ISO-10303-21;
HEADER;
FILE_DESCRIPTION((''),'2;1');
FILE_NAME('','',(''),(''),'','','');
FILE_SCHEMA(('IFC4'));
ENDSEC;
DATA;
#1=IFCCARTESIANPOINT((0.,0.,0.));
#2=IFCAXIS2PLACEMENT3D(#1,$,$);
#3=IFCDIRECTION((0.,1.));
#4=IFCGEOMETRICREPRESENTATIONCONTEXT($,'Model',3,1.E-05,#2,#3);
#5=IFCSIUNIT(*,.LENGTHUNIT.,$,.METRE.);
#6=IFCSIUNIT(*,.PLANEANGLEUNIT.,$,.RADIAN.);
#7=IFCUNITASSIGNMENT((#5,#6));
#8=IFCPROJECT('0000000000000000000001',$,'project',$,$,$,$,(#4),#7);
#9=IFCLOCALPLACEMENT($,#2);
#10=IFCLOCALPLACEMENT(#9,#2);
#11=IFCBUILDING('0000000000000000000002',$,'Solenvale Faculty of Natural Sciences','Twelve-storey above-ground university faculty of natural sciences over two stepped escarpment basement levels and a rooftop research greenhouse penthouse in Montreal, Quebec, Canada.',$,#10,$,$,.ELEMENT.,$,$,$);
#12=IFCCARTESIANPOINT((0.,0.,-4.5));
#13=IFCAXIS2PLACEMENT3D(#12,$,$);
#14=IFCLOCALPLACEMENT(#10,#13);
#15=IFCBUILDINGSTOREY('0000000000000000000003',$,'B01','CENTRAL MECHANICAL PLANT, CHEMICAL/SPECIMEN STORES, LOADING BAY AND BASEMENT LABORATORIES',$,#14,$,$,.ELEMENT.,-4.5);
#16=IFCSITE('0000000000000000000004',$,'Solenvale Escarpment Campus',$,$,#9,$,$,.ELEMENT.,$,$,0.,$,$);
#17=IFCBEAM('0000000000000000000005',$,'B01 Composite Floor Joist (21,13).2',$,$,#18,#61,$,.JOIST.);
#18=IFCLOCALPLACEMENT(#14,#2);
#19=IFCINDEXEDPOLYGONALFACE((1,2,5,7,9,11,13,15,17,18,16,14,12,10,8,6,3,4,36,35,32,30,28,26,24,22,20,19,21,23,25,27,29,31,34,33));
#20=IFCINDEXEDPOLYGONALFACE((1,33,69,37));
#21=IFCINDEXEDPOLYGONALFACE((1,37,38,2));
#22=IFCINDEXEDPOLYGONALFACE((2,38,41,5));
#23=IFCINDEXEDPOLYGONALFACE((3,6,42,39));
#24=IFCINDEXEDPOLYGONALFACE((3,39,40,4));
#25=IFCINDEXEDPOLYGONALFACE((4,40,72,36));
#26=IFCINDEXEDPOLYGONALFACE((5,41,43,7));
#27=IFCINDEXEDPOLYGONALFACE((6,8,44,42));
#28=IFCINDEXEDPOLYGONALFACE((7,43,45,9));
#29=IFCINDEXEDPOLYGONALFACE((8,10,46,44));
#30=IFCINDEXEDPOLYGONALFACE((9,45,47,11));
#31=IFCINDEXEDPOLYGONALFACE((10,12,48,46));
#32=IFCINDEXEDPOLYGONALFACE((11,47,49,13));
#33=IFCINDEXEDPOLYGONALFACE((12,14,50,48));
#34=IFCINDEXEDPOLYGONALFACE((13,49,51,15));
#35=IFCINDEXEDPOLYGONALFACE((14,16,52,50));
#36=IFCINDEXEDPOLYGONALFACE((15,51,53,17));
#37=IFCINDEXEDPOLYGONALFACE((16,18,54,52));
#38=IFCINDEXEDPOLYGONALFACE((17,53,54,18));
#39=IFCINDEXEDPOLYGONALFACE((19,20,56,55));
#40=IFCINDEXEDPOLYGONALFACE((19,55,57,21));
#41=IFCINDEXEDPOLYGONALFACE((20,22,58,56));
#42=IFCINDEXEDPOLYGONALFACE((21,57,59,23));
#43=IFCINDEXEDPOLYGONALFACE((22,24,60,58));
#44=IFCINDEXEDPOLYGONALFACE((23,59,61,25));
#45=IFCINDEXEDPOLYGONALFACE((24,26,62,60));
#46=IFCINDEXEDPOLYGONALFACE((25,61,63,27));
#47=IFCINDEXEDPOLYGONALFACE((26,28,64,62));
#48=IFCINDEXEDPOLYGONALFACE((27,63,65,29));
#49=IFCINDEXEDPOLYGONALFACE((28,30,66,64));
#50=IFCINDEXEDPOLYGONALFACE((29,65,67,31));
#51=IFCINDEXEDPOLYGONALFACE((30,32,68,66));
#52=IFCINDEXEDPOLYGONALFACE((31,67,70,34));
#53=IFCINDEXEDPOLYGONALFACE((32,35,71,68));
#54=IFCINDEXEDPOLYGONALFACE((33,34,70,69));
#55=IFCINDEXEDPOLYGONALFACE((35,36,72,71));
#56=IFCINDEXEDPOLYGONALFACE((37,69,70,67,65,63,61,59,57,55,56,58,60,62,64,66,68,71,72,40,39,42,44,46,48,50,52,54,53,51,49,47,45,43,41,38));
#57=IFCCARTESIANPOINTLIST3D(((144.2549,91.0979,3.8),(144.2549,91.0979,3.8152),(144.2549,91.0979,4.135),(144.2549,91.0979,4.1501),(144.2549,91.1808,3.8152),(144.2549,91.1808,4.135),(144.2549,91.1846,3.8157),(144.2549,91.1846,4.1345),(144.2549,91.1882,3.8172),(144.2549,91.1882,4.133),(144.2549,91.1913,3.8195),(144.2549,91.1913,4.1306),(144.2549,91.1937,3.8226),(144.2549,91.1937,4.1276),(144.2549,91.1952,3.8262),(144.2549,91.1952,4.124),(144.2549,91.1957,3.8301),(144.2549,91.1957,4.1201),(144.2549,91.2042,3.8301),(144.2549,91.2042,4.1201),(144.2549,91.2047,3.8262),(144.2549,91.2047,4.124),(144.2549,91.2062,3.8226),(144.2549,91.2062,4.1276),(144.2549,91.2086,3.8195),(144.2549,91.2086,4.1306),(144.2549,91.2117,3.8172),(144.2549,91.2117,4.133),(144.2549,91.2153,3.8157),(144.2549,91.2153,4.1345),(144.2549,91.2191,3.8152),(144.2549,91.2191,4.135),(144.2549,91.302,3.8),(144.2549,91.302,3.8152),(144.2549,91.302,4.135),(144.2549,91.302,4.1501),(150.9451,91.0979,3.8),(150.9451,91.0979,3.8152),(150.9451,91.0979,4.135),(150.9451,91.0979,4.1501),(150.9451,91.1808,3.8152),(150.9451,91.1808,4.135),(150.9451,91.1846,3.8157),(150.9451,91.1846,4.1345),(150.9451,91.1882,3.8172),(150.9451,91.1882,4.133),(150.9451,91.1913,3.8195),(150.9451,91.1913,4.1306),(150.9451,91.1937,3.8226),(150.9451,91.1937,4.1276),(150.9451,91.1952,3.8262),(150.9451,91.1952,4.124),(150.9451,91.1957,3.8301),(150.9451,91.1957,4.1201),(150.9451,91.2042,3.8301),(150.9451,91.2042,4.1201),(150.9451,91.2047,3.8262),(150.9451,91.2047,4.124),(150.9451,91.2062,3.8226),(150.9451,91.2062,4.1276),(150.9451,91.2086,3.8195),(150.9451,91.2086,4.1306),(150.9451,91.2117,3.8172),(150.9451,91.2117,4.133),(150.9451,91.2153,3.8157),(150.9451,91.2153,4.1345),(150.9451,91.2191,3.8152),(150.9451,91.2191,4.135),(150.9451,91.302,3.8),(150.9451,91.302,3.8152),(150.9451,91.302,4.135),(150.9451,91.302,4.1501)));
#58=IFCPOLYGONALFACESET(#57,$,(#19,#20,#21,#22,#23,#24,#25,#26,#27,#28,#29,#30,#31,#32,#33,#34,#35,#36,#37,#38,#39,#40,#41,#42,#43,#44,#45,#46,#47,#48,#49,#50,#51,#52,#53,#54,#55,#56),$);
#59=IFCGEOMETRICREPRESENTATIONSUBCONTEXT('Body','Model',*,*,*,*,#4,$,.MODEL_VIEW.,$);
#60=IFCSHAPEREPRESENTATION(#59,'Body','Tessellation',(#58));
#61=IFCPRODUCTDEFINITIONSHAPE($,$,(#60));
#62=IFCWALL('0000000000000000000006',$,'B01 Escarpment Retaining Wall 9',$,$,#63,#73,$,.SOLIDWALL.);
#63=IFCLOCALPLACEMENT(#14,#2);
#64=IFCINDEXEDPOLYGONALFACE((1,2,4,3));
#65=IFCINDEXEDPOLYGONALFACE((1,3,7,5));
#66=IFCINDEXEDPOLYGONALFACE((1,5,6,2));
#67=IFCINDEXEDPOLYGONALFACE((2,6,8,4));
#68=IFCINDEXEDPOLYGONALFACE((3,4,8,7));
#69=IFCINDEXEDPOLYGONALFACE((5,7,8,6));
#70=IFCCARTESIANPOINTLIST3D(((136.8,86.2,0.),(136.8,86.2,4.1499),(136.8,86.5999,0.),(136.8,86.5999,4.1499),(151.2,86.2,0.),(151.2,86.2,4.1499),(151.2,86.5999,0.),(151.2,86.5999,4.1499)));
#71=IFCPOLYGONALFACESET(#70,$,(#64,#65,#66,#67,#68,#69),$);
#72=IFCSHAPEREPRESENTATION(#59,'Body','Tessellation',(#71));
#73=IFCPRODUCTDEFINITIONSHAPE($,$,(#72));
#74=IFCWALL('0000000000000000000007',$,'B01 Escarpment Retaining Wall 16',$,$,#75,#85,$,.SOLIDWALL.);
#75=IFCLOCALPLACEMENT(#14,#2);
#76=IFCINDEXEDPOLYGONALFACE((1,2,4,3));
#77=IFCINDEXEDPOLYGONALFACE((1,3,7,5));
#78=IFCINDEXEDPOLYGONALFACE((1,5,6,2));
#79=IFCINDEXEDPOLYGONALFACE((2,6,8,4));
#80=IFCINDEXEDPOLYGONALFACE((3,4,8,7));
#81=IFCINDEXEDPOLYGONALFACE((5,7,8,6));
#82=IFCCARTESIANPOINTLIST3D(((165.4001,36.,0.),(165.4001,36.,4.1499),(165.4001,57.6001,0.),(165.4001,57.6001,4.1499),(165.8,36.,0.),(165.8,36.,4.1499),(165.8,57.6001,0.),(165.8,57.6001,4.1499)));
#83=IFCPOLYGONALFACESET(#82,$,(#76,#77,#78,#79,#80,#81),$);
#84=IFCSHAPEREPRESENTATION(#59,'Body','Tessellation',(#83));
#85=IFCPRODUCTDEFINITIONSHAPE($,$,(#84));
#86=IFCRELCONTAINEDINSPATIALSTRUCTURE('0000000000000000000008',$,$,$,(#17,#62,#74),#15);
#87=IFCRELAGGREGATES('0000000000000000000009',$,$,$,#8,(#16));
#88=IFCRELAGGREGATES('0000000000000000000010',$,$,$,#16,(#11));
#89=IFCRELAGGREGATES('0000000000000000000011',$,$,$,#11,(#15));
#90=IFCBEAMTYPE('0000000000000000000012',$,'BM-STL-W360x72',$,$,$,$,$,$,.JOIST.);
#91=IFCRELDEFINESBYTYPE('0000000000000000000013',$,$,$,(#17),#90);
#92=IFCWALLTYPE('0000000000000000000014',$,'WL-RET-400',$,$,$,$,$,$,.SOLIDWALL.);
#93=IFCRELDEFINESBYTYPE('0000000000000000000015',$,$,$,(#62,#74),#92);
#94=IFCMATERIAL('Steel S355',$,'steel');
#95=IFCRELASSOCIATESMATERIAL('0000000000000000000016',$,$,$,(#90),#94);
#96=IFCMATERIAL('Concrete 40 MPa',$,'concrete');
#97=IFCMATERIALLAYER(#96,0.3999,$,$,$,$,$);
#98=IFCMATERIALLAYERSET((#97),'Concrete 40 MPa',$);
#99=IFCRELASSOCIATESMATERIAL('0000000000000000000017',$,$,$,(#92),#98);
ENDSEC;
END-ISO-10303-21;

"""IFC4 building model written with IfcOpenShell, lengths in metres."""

from ifc_helpers import new_model, si_unit, direction, frame, frame_2d, origin, origin_2d, place, context, subcontext, project, spatial, rectangle, i_section, extrude, material, layer, layer_set, material_profile, profile_set, type_object, element, save


model = new_model("IFC4")

# Units and contexts
model_context = context("Model", 3, precision=1e-05, world=origin(), true_north=direction((0.0, 1.0)))
body_context = subcontext(model_context, "Body", "Model", "MODEL_VIEW")
ifc_project = project(units=[si_unit("LENGTHUNIT", "METRE"), si_unit("PLANEANGLEUNIT", "RADIAN")], contexts=[model_context])

# Site, building, storey
site_placement = place(None, origin())
site = spatial("IfcSite", under=ifc_project, at=site_placement, Name="Solenvale Escarpment Campus", CompositionType="ELEMENT", RefElevation=0.0)
building_placement = place(site_placement, origin())
building = spatial("IfcBuilding", under=site, at=building_placement, Name="Solenvale Faculty of Natural Sciences", Description="Twelve-storey above-ground university faculty of natural sciences over two stepped escarpment basement levels and a rooftop research greenhouse penthouse in Montreal, Quebec, Canada.", CompositionType="ELEMENT")
storey_placement = place(building_placement, frame((0.0, 0.0, -4.5)))
storey = spatial("IfcBuildingStorey", under=building, at=storey_placement, Name="B01", Description="CENTRAL MECHANICAL PLANT, CHEMICAL/SPECIMEN STORES, LOADING BAY AND BASEMENT LABORATORIES", CompositionType="ELEMENT", Elevation=-4.5)

# Shared definitions
ifc_material_1 = material(Name="Concrete 40 MPa", Category="concrete")

# Beam
ifc_material_2 = material(Name="Steel S355", Category="steel")
ifc_material_profile_1 = material_profile(ifc_material_2, i_section(OverallWidth=0.2041, OverallDepth=0.3501, WebThickness=0.0085, FlangeThickness=0.0151, FilletRadius=0.0149, at=origin_2d()), Name="W360x72")
ifc_profile_set_1 = profile_set([ifc_material_profile_1], Name="Steel S355")
beam_type_1 = type_object("IfcBeamType", Name="BM-STL-W360x72", PredefinedType="JOIST", material=ifc_profile_set_1)
for number, where, z_axis, x_axis, name in (
    (1, (144.2549, 91.2, 3.9751), (1.0, 0.0, 0.0), (0.0, 1.0, 0.0), "B01 Composite Floor Joist (21,13).2"),
):
    element("IfcBeam", number, at=place(storey_placement, frame(where, z_axis=z_axis, x_axis=x_axis)), inside=storey, type_object=beam_type_1, Name=name, PredefinedType="JOIST", context=body_context, shape_type="SweptSolid", body=[
        extrude(i_section(OverallWidth=0.2041, OverallDepth=0.3501, WebThickness=0.0085, FlangeThickness=0.0151, FilletRadius=0.0149, at=origin_2d()), origin(), (0.0, 0.0, 1.0), 6.6902),
    ])

# Walls
ifc_layer_1 = layer(ifc_material_1, 0.3999)
ifc_layer_set_1 = layer_set([ifc_layer_1], Name="Concrete 40 MPa")
wall_type_1 = type_object("IfcWallType", Name="WL-RET-400", PredefinedType="SOLIDWALL", material=ifc_layer_set_1)
wall_1_placement = place(storey_placement, frame((151.2, 86.3999, 0.0), z_axis=(0.0, 0.0, 1.0), x_axis=(-1.0, 0.0, 0.0)))
element("IfcWall", 2, at=wall_1_placement, inside=storey, type_object=wall_type_1, Name="B01 Escarpment Retaining Wall 9", PredefinedType="SOLIDWALL", context=body_context, shape_type="SweptSolid", body=[
    extrude(rectangle(XDim=14.3999, YDim=0.3999, at=frame_2d((7.2, 0.0))), origin(), (0.0, 0.0, 1.0), 4.1499),
])
wall_2_placement = place(storey_placement, frame((165.6001, 57.6001, 0.0), z_axis=(0.0, 0.0, 1.0), x_axis=(0.0, -1.0, 0.0)))
element("IfcWall", 3, at=wall_2_placement, inside=storey, type_object=wall_type_1, Name="B01 Escarpment Retaining Wall 16", PredefinedType="SOLIDWALL", context=body_context, shape_type="SweptSolid", body=[
    extrude(rectangle(XDim=21.6001, YDim=0.3999, at=frame_2d((10.8, 0.0))), origin(), (0.0, 0.0, 1.0), 4.1499),
])

save(model, "model.ifc")
